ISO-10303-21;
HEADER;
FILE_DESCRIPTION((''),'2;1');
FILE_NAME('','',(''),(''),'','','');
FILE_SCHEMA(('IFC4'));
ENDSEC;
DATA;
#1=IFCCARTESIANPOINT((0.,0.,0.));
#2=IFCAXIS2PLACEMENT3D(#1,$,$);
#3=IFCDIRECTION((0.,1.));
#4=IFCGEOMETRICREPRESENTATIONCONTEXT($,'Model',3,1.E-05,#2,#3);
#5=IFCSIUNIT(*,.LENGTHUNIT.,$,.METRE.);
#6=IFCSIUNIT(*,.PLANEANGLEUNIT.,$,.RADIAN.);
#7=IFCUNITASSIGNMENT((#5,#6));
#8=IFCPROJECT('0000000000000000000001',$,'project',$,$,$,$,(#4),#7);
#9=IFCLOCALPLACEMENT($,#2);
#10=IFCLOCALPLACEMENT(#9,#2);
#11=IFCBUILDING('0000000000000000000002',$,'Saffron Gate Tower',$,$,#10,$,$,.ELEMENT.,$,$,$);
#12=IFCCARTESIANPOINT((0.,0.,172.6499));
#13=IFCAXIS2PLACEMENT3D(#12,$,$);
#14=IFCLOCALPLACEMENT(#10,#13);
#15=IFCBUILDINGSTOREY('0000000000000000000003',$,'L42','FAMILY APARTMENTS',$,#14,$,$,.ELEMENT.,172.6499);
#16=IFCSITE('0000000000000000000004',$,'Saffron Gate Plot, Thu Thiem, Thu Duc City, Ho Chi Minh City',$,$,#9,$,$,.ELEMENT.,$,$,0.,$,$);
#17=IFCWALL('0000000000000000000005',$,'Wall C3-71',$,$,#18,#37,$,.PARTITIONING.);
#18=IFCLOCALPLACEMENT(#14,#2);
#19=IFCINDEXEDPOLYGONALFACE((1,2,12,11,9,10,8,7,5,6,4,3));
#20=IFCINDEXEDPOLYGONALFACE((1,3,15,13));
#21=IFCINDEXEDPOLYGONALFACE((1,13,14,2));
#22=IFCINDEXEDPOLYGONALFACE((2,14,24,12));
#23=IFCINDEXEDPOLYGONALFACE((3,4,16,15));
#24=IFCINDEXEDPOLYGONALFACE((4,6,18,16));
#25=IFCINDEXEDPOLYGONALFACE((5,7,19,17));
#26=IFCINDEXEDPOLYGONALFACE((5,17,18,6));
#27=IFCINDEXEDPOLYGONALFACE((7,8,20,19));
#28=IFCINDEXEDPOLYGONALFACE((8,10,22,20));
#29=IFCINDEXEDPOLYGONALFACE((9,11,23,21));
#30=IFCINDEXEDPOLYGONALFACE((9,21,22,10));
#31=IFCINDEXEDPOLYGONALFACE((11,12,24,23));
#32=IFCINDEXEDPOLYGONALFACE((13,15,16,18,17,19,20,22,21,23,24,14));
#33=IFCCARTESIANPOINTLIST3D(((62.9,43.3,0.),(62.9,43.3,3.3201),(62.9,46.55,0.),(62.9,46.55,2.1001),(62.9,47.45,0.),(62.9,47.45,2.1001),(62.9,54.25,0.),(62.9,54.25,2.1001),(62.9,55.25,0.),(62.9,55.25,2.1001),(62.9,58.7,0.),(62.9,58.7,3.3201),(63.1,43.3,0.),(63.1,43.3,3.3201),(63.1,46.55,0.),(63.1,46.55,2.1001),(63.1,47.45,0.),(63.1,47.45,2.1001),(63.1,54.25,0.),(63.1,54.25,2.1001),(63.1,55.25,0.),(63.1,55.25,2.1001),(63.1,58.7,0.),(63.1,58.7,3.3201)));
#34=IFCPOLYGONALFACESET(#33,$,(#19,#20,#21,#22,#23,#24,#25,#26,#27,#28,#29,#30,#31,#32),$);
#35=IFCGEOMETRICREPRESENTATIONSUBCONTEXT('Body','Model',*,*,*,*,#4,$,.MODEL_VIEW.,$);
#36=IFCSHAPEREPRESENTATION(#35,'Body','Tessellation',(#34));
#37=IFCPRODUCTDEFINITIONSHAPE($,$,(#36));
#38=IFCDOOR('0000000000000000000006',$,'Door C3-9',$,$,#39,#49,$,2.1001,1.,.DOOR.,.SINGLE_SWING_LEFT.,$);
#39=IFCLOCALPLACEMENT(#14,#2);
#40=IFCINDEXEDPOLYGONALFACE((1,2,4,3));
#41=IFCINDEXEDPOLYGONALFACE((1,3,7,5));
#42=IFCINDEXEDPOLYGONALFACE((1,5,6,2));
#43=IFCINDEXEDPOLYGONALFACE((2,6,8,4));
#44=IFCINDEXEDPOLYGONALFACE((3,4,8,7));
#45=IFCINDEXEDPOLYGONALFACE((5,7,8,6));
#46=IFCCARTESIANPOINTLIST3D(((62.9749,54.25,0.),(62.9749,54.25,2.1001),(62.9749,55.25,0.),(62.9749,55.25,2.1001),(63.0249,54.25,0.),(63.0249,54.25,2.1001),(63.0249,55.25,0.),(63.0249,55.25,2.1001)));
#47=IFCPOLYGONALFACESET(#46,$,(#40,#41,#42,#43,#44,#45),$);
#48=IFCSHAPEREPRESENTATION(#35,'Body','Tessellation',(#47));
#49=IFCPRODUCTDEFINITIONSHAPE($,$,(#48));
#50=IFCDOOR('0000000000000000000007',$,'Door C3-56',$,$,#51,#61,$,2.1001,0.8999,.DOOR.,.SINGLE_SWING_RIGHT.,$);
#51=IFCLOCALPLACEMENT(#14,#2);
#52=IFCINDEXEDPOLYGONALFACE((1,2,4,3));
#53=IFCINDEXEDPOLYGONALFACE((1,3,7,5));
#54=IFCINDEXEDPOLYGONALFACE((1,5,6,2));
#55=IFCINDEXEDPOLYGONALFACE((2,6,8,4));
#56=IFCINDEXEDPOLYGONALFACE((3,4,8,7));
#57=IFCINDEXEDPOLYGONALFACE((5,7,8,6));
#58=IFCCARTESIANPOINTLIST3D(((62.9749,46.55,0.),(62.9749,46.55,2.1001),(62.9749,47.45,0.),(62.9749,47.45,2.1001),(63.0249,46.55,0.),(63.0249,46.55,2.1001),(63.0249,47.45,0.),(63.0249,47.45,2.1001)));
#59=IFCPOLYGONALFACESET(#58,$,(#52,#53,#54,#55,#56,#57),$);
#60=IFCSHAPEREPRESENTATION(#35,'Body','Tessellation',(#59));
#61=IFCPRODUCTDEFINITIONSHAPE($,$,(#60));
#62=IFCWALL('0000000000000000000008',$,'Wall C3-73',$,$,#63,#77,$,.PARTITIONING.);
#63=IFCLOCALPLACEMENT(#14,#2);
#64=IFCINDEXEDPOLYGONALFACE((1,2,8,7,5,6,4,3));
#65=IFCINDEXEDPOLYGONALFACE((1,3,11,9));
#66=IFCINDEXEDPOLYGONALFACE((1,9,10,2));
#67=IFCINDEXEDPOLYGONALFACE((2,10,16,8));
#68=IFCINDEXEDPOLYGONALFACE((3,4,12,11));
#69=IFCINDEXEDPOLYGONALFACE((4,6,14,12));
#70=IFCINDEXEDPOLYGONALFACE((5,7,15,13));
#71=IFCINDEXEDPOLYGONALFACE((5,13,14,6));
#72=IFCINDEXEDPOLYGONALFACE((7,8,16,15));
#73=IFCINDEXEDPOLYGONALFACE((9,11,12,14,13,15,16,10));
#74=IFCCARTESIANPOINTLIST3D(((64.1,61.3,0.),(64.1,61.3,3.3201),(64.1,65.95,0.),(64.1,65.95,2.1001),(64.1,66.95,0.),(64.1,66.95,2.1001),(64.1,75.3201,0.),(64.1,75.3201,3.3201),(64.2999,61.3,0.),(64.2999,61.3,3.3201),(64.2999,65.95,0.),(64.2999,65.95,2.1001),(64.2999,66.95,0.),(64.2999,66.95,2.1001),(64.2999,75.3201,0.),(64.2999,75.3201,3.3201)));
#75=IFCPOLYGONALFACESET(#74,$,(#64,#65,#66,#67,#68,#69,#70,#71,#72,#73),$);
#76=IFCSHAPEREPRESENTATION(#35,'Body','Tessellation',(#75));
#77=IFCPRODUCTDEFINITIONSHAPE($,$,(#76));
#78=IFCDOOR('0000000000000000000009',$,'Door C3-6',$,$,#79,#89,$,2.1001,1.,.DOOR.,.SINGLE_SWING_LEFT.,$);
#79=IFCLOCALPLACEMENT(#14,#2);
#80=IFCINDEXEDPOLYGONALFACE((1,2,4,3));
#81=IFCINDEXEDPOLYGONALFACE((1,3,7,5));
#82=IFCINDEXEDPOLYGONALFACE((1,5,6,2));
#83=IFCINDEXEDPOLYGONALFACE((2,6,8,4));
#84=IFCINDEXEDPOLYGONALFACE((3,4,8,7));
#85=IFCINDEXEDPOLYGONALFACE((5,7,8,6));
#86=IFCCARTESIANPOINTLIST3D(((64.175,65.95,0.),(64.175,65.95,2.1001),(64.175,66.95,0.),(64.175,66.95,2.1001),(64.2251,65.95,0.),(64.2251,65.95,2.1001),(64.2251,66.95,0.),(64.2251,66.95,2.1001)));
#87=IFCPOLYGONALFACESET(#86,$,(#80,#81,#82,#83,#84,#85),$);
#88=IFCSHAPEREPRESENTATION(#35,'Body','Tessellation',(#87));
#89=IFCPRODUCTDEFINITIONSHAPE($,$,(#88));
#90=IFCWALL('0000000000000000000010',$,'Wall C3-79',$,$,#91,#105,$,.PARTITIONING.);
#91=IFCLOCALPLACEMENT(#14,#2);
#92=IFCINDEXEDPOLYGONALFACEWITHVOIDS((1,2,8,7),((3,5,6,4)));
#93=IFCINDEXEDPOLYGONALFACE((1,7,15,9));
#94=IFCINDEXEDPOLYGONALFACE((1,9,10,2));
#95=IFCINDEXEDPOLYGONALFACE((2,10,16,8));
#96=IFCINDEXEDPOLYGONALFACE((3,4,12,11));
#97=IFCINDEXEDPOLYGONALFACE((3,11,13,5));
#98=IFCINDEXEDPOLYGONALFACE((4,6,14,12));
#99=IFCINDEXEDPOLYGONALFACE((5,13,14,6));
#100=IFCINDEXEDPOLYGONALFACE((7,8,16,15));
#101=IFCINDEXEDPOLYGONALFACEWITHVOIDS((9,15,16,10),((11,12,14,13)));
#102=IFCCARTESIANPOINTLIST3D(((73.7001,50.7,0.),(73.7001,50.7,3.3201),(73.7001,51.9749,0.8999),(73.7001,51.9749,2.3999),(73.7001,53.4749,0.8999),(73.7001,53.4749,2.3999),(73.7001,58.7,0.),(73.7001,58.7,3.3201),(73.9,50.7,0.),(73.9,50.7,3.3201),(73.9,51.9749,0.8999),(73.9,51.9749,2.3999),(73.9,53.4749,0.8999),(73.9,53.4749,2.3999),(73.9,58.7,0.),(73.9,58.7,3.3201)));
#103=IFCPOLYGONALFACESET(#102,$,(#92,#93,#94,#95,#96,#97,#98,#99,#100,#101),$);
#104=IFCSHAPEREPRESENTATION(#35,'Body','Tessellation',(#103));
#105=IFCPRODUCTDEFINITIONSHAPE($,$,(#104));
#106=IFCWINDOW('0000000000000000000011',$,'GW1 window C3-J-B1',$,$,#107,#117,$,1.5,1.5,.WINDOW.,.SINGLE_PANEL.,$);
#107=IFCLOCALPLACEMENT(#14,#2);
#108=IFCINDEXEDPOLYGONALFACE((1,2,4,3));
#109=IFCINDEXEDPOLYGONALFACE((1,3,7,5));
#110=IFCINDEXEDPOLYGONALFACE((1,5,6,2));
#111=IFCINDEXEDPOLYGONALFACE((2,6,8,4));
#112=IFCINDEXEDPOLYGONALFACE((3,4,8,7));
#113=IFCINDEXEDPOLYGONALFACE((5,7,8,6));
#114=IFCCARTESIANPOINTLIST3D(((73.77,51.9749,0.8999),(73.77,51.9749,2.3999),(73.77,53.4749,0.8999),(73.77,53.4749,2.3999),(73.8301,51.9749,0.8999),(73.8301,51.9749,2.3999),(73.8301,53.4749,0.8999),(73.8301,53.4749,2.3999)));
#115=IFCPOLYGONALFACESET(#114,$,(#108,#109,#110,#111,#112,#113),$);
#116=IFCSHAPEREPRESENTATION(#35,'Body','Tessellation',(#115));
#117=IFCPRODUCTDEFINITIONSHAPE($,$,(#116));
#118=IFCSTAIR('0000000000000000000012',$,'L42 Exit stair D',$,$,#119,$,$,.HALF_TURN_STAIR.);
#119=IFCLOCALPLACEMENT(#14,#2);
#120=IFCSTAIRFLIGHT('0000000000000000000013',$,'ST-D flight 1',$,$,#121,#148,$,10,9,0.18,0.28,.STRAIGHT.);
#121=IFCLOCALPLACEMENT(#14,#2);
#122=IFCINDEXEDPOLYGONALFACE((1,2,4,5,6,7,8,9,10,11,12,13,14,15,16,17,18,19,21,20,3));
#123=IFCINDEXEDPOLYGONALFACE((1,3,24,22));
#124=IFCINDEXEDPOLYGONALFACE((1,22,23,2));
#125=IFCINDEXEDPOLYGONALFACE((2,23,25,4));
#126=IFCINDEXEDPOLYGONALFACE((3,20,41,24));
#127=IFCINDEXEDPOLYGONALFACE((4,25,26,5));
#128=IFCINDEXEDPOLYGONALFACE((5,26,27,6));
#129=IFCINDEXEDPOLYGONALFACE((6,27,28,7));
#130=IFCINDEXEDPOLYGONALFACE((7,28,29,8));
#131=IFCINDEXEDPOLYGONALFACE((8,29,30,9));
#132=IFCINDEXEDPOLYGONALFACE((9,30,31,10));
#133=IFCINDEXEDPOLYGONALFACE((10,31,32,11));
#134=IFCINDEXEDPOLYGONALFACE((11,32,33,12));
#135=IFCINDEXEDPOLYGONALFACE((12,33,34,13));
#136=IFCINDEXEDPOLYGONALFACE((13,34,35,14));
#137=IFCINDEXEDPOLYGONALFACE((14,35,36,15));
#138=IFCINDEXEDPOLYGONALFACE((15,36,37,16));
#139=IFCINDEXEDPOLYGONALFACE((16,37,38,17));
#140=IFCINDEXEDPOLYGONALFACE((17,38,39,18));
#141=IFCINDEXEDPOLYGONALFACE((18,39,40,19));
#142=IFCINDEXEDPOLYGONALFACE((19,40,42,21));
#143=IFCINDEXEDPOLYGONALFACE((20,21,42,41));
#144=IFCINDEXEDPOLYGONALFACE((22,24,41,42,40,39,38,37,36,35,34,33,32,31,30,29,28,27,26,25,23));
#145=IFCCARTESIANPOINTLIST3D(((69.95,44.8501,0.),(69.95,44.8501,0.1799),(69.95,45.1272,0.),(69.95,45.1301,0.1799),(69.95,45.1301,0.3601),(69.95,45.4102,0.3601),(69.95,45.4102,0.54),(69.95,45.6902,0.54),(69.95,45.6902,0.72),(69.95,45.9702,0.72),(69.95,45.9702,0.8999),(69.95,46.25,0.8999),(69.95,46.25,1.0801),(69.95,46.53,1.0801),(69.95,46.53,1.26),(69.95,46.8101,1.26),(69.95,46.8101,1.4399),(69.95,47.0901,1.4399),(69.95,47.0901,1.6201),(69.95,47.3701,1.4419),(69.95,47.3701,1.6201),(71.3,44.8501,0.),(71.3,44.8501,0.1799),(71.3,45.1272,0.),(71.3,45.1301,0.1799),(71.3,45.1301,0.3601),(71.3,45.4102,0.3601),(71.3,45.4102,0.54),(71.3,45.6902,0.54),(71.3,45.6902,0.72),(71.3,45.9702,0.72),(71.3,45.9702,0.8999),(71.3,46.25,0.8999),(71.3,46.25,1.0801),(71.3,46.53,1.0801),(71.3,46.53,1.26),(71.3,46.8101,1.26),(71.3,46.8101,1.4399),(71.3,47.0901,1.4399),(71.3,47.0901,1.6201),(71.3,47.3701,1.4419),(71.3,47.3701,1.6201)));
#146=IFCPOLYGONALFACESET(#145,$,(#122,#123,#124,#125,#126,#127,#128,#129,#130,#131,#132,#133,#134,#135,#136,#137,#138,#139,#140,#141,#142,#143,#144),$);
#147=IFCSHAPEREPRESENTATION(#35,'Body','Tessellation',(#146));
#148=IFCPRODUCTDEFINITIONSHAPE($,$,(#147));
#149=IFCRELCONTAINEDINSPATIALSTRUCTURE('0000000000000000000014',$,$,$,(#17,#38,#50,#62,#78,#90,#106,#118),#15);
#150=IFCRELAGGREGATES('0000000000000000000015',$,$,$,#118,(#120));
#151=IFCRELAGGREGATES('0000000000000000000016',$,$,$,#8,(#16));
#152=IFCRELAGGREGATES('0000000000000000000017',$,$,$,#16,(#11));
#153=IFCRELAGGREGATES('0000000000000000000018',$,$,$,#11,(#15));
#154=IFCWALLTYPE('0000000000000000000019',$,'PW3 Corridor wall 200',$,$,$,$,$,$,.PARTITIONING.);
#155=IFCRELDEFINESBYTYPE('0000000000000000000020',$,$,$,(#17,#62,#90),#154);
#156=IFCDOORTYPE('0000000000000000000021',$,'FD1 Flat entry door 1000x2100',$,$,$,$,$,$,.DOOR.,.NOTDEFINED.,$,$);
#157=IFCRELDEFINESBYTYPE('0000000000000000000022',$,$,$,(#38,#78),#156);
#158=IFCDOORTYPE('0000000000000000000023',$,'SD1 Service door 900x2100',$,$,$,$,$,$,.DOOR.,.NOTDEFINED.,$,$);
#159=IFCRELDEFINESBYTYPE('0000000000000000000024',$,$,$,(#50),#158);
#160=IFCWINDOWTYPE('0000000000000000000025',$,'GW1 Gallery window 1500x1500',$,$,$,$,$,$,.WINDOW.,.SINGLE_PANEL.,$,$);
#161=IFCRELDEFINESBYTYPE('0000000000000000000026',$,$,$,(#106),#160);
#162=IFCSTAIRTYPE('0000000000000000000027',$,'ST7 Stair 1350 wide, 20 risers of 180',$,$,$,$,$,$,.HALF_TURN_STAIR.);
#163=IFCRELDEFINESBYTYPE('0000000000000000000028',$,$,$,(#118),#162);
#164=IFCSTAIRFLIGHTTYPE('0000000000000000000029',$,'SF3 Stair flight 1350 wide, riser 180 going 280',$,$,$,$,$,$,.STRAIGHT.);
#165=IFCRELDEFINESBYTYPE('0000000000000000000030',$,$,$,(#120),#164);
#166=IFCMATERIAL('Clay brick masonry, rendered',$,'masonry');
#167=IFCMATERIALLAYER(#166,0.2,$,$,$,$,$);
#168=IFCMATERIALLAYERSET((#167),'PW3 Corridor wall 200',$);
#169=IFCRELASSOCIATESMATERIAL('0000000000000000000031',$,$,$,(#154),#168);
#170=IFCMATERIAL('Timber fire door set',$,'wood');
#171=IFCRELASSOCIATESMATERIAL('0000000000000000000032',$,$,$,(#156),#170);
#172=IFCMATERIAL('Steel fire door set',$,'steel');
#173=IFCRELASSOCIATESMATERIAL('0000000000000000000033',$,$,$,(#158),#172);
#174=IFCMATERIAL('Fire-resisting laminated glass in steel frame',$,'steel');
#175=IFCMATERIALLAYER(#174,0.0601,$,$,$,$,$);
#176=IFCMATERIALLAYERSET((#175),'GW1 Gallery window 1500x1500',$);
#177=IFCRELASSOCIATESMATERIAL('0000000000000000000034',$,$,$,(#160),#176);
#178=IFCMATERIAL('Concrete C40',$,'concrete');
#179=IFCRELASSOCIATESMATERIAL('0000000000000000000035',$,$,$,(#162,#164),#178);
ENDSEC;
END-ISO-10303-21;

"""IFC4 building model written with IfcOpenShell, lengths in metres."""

from ifc_helpers import new_model, si_unit, direction, frame, frame_2d, origin, place, context, subcontext, project, spatial, polyline, rectangle, outline, extrude, material, layer, layer_set, type_object, element, fill, aggregate, save


model = new_model("IFC4")

# Units and contexts
model_context = context("Model", 3, precision=1e-05, world=origin(), true_north=direction((0.0, 1.0)))
body_context = subcontext(model_context, "Body", "Model", "MODEL_VIEW")
ifc_project = project(units=[si_unit("LENGTHUNIT", "METRE"), si_unit("PLANEANGLEUNIT", "RADIAN")], contexts=[model_context])

# Site, building, storey
site_placement = place(None, origin())
site = spatial("IfcSite", under=ifc_project, at=site_placement, Name="Saffron Gate Plot, Thu Thiem, Thu Duc City, Ho Chi Minh City", CompositionType="ELEMENT", RefElevation=0.0)
building_placement = place(site_placement, origin())
building = spatial("IfcBuilding", under=site, at=building_placement, Name="Saffron Gate Tower", CompositionType="ELEMENT")
storey_placement = place(building_placement, frame((0.0, 0.0, 172.6499)))
storey = spatial("IfcBuildingStorey", under=building, at=storey_placement, Name="L42", Description="FAMILY APARTMENTS", CompositionType="ELEMENT", Elevation=172.6499)

# Shared definitions
ifc_material_1 = material(Name="Steel fire door set", Category="steel")

# Shared definitions
ifc_material_2 = material(Name="Clay brick masonry, rendered", Category="masonry")
ifc_layer_1 = layer(ifc_material_2, 0.2)
ifc_layer_set_1 = layer_set([ifc_layer_1], Name="PW3 Corridor wall 200")
wall_type_1 = type_object("IfcWallType", Name="PW3 Corridor wall 200", PredefinedType="PARTITIONING", material=ifc_layer_set_1)

# Wall, openings, doors
wall_1_placement = place(storey_placement, frame((63.0, 58.7, 0.0), z_axis=(0.0, 0.0, 1.0), x_axis=(0.0, -1.0, 0.0)))
wall_1 = element("IfcWall", 1, at=wall_1_placement, inside=storey, type_object=wall_type_1, Name="Wall C3-71", PredefinedType="PARTITIONING", context=body_context, shape_type="SweptSolid", body=[
    extrude(rectangle(XDim=15.3999, YDim=0.2, at=frame_2d((7.7, 0.0))), origin(), (0.0, 0.0, 1.0), 3.3201),
])
opening_1_placement = place(wall_1_placement, frame((3.45, 0.0, 0.0)))
opening_1 = element("IfcOpeningElement", 2, at=opening_1_placement, cuts=wall_1, PredefinedType="OPENING", context=body_context, shape_type="SweptSolid", body=[
    extrude(rectangle(XDim=1.0, YDim=2.1001, at=frame_2d((0.5, 1.05))), frame((0.0, 0.1099, 0.0), z_axis=(0.0, -1.0, 0.0), x_axis=(1.0, 0.0, 0.0)), (0.0, 0.0, 1.0), 0.22),
])
opening_2_placement = place(wall_1_placement, frame((11.25, 0.0, 0.0)))
opening_2 = element("IfcOpeningElement", 3, at=opening_2_placement, cuts=wall_1, PredefinedType="OPENING", context=body_context, shape_type="SweptSolid", body=[
    extrude(rectangle(XDim=0.8999, YDim=2.1001, at=frame_2d((0.45, 1.05))), frame((0.0, 0.1099, 0.0), z_axis=(0.0, -1.0, 0.0), x_axis=(1.0, 0.0, 0.0)), (0.0, 0.0, 1.0), 0.22),
])
ifc_material_3 = material(Name="Timber fire door set", Category="wood")
door_type_1 = type_object("IfcDoorType", Name="FD1 Flat entry door 1000x2100", OperationType="NOTDEFINED", PredefinedType="DOOR", material=ifc_material_3)
door_1_placement = place(opening_1_placement, origin())
door_1 = element("IfcDoor", 4, at=door_1_placement, inside=storey, type_object=door_type_1, Name="Door C3-9", OperationType="SINGLE_SWING_LEFT", OverallHeight=2.1001, OverallWidth=1.0, PredefinedType="DOOR", context=body_context, shape_type="SweptSolid", body=[
    extrude(rectangle(XDim=1.0, YDim=2.1001, at=frame_2d((0.5, 1.05))), frame((0.0, 0.0249, 0.0), z_axis=(0.0, -1.0, 0.0), x_axis=(1.0, 0.0, 0.0)), (0.0, 0.0, 1.0), 0.05),
])
fill(opening_1, door_1)
door_type_2 = type_object("IfcDoorType", Name="SD1 Service door 900x2100", OperationType="NOTDEFINED", PredefinedType="DOOR", material=ifc_material_1)
door_2_placement = place(opening_2_placement, origin())
door_2 = element("IfcDoor", 5, at=door_2_placement, inside=storey, type_object=door_type_2, Name="Door C3-56", OperationType="SINGLE_SWING_RIGHT", OverallHeight=2.1001, OverallWidth=0.8999, PredefinedType="DOOR", context=body_context, shape_type="SweptSolid", body=[
    extrude(rectangle(XDim=0.8999, YDim=2.1001, at=frame_2d((0.45, 1.05))), frame((0.0, 0.0249, 0.0), z_axis=(0.0, -1.0, 0.0), x_axis=(1.0, 0.0, 0.0)), (0.0, 0.0, 1.0), 0.05),
])
fill(opening_2, door_2)

# Wall, opening, door
wall_2_placement = place(storey_placement, frame((64.2, 61.3, 0.0), z_axis=(0.0, 0.0, 1.0), x_axis=(0.0, 1.0, 0.0)))
wall_2 = element("IfcWall", 6, at=wall_2_placement, inside=storey, type_object=wall_type_1, Name="Wall C3-73", PredefinedType="PARTITIONING", context=body_context, shape_type="SweptSolid", body=[
    extrude(rectangle(XDim=14.02, YDim=0.2, at=frame_2d((7.01, 0.0))), origin(), (0.0, 0.0, 1.0), 3.3201),
])
opening_3_placement = place(wall_2_placement, frame((4.6499, 0.0, 0.0)))
opening_3 = element("IfcOpeningElement", 7, at=opening_3_placement, cuts=wall_2, PredefinedType="OPENING", context=body_context, shape_type="SweptSolid", body=[
    extrude(rectangle(XDim=1.0, YDim=2.1001, at=frame_2d((0.5, 1.05))), frame((0.0, 0.1099, 0.0), z_axis=(0.0, -1.0, 0.0), x_axis=(1.0, 0.0, 0.0)), (0.0, 0.0, 1.0), 0.22),
])
door_3_placement = place(opening_3_placement, origin())
door_3 = element("IfcDoor", 8, at=door_3_placement, inside=storey, type_object=door_type_1, Name="Door C3-6", OperationType="SINGLE_SWING_LEFT", OverallHeight=2.1001, OverallWidth=1.0, PredefinedType="DOOR", context=body_context, shape_type="SweptSolid", body=[
    extrude(rectangle(XDim=1.0, YDim=2.1001, at=frame_2d((0.5, 1.05))), frame((0.0, 0.0249, 0.0), z_axis=(0.0, -1.0, 0.0), x_axis=(1.0, 0.0, 0.0)), (0.0, 0.0, 1.0), 0.05),
])
fill(opening_3, door_3)

# Wall, opening, window
wall_3_placement = place(storey_placement, frame((73.8, 58.7, 0.0), z_axis=(0.0, 0.0, 1.0), x_axis=(0.0, -1.0, 0.0)))
wall_3 = element("IfcWall", 9, at=wall_3_placement, inside=storey, type_object=wall_type_1, Name="Wall C3-79", PredefinedType="PARTITIONING", context=body_context, shape_type="SweptSolid", body=[
    extrude(rectangle(XDim=8.0, YDim=0.2, at=frame_2d((4.0, 0.0))), origin(), (0.0, 0.0, 1.0), 3.3201),
])
opening_4_placement = place(wall_3_placement, frame((5.2251, 0.0, 0.8999)))
opening_4 = element("IfcOpeningElement", 10, at=opening_4_placement, cuts=wall_3, PredefinedType="OPENING", context=body_context, shape_type="SweptSolid", body=[
    extrude(rectangle(XDim=1.5, YDim=1.5, at=frame_2d((0.75, 0.75))), frame((0.0, 0.1099, 0.0), z_axis=(0.0, -1.0, 0.0), x_axis=(1.0, 0.0, 0.0)), (0.0, 0.0, 1.0), 0.22),
])
ifc_material_4 = material(Name="Fire-resisting laminated glass in steel frame", Category="steel")
ifc_layer_2 = layer(ifc_material_4, 0.0601)
ifc_layer_set_2 = layer_set([ifc_layer_2], Name="GW1 Gallery window 1500x1500")
window_type = type_object("IfcWindowType", Name="GW1 Gallery window 1500x1500", PartitioningType="SINGLE_PANEL", PredefinedType="WINDOW", material=ifc_layer_set_2)
window_placement = place(opening_4_placement, origin())
window = element("IfcWindow", 11, at=window_placement, inside=storey, type_object=window_type, Name="GW1 window C3-J-B1", OverallHeight=1.5, OverallWidth=1.5, PartitioningType="SINGLE_PANEL", PredefinedType="WINDOW", context=body_context, shape_type="SweptSolid", body=[
    extrude(rectangle(XDim=1.5, YDim=1.5, at=frame_2d((0.75, 0.75))), frame((0.0, 0.03, 0.0), z_axis=(0.0, -1.0, 0.0), x_axis=(1.0, 0.0, 0.0)), (0.0, 0.0, 1.0), 0.0601),
])
fill(opening_4, window)

# Stair, stair flight
ifc_material_5 = material(Name="Concrete C40", Category="concrete")
stair_type = type_object("IfcStairType", Name="ST7 Stair 1350 wide, 20 risers of 180", PredefinedType="HALF_TURN_STAIR", material=ifc_material_5)
stair_placement = place(storey_placement, origin())
stair = element("IfcStair", 12, at=stair_placement, inside=storey, type_object=stair_type, Name="L42 Exit stair D", PredefinedType="HALF_TURN_STAIR")
stair_flight_type = type_object("IfcStairFlightType", Name="SF3 Stair flight 1350 wide, riser 180 going 280", PredefinedType="STRAIGHT", material=ifc_material_5)
stair_flight_1_placement = place(storey_placement, frame((70.625, 44.8501, 0.0), z_axis=(0.0, 0.0, 1.0), x_axis=(0.0, 1.0, 0.0)))
stair_flight_1 = element("IfcStairFlight", 13, at=stair_flight_1_placement, type_object=stair_flight_type, Name="ST-D flight 1", NumberOfRisers=10, NumberOfTreads=9, PredefinedType="STRAIGHT", RiserHeight=0.18, TreadLength=0.28, context=body_context, shape_type="SweptSolid", body=[
    extrude(outline(polyline([(0.0, 0.0), (0.0, 0.1799), (0.28, 0.1799), (0.28, 0.3601), (0.5601, 0.3601), (0.5601, 0.54), (0.8401, 0.54), (0.8401, 0.72), (1.1201, 0.72), (1.1201, 0.8999), (1.3999, 0.8999), (1.3999, 1.0801), (1.6799, 1.0801), (1.6799, 1.26), (1.96, 1.26), (1.96, 1.4399), (2.24, 1.4399), (2.24, 1.6201), (2.52, 1.6201), (2.52, 1.8), (2.52, 1.4419), (0.2771, 0.0), (0.0, 0.0)])), frame((0.0, 0.675, 0.0), z_axis=(0.0, -1.0, 0.0), x_axis=(1.0, 0.0, 0.0)), (0.0, 0.0, 1.0), 1.3501),
])
aggregate(stair, [stair_flight_1])

save(model, "model.ifc")
